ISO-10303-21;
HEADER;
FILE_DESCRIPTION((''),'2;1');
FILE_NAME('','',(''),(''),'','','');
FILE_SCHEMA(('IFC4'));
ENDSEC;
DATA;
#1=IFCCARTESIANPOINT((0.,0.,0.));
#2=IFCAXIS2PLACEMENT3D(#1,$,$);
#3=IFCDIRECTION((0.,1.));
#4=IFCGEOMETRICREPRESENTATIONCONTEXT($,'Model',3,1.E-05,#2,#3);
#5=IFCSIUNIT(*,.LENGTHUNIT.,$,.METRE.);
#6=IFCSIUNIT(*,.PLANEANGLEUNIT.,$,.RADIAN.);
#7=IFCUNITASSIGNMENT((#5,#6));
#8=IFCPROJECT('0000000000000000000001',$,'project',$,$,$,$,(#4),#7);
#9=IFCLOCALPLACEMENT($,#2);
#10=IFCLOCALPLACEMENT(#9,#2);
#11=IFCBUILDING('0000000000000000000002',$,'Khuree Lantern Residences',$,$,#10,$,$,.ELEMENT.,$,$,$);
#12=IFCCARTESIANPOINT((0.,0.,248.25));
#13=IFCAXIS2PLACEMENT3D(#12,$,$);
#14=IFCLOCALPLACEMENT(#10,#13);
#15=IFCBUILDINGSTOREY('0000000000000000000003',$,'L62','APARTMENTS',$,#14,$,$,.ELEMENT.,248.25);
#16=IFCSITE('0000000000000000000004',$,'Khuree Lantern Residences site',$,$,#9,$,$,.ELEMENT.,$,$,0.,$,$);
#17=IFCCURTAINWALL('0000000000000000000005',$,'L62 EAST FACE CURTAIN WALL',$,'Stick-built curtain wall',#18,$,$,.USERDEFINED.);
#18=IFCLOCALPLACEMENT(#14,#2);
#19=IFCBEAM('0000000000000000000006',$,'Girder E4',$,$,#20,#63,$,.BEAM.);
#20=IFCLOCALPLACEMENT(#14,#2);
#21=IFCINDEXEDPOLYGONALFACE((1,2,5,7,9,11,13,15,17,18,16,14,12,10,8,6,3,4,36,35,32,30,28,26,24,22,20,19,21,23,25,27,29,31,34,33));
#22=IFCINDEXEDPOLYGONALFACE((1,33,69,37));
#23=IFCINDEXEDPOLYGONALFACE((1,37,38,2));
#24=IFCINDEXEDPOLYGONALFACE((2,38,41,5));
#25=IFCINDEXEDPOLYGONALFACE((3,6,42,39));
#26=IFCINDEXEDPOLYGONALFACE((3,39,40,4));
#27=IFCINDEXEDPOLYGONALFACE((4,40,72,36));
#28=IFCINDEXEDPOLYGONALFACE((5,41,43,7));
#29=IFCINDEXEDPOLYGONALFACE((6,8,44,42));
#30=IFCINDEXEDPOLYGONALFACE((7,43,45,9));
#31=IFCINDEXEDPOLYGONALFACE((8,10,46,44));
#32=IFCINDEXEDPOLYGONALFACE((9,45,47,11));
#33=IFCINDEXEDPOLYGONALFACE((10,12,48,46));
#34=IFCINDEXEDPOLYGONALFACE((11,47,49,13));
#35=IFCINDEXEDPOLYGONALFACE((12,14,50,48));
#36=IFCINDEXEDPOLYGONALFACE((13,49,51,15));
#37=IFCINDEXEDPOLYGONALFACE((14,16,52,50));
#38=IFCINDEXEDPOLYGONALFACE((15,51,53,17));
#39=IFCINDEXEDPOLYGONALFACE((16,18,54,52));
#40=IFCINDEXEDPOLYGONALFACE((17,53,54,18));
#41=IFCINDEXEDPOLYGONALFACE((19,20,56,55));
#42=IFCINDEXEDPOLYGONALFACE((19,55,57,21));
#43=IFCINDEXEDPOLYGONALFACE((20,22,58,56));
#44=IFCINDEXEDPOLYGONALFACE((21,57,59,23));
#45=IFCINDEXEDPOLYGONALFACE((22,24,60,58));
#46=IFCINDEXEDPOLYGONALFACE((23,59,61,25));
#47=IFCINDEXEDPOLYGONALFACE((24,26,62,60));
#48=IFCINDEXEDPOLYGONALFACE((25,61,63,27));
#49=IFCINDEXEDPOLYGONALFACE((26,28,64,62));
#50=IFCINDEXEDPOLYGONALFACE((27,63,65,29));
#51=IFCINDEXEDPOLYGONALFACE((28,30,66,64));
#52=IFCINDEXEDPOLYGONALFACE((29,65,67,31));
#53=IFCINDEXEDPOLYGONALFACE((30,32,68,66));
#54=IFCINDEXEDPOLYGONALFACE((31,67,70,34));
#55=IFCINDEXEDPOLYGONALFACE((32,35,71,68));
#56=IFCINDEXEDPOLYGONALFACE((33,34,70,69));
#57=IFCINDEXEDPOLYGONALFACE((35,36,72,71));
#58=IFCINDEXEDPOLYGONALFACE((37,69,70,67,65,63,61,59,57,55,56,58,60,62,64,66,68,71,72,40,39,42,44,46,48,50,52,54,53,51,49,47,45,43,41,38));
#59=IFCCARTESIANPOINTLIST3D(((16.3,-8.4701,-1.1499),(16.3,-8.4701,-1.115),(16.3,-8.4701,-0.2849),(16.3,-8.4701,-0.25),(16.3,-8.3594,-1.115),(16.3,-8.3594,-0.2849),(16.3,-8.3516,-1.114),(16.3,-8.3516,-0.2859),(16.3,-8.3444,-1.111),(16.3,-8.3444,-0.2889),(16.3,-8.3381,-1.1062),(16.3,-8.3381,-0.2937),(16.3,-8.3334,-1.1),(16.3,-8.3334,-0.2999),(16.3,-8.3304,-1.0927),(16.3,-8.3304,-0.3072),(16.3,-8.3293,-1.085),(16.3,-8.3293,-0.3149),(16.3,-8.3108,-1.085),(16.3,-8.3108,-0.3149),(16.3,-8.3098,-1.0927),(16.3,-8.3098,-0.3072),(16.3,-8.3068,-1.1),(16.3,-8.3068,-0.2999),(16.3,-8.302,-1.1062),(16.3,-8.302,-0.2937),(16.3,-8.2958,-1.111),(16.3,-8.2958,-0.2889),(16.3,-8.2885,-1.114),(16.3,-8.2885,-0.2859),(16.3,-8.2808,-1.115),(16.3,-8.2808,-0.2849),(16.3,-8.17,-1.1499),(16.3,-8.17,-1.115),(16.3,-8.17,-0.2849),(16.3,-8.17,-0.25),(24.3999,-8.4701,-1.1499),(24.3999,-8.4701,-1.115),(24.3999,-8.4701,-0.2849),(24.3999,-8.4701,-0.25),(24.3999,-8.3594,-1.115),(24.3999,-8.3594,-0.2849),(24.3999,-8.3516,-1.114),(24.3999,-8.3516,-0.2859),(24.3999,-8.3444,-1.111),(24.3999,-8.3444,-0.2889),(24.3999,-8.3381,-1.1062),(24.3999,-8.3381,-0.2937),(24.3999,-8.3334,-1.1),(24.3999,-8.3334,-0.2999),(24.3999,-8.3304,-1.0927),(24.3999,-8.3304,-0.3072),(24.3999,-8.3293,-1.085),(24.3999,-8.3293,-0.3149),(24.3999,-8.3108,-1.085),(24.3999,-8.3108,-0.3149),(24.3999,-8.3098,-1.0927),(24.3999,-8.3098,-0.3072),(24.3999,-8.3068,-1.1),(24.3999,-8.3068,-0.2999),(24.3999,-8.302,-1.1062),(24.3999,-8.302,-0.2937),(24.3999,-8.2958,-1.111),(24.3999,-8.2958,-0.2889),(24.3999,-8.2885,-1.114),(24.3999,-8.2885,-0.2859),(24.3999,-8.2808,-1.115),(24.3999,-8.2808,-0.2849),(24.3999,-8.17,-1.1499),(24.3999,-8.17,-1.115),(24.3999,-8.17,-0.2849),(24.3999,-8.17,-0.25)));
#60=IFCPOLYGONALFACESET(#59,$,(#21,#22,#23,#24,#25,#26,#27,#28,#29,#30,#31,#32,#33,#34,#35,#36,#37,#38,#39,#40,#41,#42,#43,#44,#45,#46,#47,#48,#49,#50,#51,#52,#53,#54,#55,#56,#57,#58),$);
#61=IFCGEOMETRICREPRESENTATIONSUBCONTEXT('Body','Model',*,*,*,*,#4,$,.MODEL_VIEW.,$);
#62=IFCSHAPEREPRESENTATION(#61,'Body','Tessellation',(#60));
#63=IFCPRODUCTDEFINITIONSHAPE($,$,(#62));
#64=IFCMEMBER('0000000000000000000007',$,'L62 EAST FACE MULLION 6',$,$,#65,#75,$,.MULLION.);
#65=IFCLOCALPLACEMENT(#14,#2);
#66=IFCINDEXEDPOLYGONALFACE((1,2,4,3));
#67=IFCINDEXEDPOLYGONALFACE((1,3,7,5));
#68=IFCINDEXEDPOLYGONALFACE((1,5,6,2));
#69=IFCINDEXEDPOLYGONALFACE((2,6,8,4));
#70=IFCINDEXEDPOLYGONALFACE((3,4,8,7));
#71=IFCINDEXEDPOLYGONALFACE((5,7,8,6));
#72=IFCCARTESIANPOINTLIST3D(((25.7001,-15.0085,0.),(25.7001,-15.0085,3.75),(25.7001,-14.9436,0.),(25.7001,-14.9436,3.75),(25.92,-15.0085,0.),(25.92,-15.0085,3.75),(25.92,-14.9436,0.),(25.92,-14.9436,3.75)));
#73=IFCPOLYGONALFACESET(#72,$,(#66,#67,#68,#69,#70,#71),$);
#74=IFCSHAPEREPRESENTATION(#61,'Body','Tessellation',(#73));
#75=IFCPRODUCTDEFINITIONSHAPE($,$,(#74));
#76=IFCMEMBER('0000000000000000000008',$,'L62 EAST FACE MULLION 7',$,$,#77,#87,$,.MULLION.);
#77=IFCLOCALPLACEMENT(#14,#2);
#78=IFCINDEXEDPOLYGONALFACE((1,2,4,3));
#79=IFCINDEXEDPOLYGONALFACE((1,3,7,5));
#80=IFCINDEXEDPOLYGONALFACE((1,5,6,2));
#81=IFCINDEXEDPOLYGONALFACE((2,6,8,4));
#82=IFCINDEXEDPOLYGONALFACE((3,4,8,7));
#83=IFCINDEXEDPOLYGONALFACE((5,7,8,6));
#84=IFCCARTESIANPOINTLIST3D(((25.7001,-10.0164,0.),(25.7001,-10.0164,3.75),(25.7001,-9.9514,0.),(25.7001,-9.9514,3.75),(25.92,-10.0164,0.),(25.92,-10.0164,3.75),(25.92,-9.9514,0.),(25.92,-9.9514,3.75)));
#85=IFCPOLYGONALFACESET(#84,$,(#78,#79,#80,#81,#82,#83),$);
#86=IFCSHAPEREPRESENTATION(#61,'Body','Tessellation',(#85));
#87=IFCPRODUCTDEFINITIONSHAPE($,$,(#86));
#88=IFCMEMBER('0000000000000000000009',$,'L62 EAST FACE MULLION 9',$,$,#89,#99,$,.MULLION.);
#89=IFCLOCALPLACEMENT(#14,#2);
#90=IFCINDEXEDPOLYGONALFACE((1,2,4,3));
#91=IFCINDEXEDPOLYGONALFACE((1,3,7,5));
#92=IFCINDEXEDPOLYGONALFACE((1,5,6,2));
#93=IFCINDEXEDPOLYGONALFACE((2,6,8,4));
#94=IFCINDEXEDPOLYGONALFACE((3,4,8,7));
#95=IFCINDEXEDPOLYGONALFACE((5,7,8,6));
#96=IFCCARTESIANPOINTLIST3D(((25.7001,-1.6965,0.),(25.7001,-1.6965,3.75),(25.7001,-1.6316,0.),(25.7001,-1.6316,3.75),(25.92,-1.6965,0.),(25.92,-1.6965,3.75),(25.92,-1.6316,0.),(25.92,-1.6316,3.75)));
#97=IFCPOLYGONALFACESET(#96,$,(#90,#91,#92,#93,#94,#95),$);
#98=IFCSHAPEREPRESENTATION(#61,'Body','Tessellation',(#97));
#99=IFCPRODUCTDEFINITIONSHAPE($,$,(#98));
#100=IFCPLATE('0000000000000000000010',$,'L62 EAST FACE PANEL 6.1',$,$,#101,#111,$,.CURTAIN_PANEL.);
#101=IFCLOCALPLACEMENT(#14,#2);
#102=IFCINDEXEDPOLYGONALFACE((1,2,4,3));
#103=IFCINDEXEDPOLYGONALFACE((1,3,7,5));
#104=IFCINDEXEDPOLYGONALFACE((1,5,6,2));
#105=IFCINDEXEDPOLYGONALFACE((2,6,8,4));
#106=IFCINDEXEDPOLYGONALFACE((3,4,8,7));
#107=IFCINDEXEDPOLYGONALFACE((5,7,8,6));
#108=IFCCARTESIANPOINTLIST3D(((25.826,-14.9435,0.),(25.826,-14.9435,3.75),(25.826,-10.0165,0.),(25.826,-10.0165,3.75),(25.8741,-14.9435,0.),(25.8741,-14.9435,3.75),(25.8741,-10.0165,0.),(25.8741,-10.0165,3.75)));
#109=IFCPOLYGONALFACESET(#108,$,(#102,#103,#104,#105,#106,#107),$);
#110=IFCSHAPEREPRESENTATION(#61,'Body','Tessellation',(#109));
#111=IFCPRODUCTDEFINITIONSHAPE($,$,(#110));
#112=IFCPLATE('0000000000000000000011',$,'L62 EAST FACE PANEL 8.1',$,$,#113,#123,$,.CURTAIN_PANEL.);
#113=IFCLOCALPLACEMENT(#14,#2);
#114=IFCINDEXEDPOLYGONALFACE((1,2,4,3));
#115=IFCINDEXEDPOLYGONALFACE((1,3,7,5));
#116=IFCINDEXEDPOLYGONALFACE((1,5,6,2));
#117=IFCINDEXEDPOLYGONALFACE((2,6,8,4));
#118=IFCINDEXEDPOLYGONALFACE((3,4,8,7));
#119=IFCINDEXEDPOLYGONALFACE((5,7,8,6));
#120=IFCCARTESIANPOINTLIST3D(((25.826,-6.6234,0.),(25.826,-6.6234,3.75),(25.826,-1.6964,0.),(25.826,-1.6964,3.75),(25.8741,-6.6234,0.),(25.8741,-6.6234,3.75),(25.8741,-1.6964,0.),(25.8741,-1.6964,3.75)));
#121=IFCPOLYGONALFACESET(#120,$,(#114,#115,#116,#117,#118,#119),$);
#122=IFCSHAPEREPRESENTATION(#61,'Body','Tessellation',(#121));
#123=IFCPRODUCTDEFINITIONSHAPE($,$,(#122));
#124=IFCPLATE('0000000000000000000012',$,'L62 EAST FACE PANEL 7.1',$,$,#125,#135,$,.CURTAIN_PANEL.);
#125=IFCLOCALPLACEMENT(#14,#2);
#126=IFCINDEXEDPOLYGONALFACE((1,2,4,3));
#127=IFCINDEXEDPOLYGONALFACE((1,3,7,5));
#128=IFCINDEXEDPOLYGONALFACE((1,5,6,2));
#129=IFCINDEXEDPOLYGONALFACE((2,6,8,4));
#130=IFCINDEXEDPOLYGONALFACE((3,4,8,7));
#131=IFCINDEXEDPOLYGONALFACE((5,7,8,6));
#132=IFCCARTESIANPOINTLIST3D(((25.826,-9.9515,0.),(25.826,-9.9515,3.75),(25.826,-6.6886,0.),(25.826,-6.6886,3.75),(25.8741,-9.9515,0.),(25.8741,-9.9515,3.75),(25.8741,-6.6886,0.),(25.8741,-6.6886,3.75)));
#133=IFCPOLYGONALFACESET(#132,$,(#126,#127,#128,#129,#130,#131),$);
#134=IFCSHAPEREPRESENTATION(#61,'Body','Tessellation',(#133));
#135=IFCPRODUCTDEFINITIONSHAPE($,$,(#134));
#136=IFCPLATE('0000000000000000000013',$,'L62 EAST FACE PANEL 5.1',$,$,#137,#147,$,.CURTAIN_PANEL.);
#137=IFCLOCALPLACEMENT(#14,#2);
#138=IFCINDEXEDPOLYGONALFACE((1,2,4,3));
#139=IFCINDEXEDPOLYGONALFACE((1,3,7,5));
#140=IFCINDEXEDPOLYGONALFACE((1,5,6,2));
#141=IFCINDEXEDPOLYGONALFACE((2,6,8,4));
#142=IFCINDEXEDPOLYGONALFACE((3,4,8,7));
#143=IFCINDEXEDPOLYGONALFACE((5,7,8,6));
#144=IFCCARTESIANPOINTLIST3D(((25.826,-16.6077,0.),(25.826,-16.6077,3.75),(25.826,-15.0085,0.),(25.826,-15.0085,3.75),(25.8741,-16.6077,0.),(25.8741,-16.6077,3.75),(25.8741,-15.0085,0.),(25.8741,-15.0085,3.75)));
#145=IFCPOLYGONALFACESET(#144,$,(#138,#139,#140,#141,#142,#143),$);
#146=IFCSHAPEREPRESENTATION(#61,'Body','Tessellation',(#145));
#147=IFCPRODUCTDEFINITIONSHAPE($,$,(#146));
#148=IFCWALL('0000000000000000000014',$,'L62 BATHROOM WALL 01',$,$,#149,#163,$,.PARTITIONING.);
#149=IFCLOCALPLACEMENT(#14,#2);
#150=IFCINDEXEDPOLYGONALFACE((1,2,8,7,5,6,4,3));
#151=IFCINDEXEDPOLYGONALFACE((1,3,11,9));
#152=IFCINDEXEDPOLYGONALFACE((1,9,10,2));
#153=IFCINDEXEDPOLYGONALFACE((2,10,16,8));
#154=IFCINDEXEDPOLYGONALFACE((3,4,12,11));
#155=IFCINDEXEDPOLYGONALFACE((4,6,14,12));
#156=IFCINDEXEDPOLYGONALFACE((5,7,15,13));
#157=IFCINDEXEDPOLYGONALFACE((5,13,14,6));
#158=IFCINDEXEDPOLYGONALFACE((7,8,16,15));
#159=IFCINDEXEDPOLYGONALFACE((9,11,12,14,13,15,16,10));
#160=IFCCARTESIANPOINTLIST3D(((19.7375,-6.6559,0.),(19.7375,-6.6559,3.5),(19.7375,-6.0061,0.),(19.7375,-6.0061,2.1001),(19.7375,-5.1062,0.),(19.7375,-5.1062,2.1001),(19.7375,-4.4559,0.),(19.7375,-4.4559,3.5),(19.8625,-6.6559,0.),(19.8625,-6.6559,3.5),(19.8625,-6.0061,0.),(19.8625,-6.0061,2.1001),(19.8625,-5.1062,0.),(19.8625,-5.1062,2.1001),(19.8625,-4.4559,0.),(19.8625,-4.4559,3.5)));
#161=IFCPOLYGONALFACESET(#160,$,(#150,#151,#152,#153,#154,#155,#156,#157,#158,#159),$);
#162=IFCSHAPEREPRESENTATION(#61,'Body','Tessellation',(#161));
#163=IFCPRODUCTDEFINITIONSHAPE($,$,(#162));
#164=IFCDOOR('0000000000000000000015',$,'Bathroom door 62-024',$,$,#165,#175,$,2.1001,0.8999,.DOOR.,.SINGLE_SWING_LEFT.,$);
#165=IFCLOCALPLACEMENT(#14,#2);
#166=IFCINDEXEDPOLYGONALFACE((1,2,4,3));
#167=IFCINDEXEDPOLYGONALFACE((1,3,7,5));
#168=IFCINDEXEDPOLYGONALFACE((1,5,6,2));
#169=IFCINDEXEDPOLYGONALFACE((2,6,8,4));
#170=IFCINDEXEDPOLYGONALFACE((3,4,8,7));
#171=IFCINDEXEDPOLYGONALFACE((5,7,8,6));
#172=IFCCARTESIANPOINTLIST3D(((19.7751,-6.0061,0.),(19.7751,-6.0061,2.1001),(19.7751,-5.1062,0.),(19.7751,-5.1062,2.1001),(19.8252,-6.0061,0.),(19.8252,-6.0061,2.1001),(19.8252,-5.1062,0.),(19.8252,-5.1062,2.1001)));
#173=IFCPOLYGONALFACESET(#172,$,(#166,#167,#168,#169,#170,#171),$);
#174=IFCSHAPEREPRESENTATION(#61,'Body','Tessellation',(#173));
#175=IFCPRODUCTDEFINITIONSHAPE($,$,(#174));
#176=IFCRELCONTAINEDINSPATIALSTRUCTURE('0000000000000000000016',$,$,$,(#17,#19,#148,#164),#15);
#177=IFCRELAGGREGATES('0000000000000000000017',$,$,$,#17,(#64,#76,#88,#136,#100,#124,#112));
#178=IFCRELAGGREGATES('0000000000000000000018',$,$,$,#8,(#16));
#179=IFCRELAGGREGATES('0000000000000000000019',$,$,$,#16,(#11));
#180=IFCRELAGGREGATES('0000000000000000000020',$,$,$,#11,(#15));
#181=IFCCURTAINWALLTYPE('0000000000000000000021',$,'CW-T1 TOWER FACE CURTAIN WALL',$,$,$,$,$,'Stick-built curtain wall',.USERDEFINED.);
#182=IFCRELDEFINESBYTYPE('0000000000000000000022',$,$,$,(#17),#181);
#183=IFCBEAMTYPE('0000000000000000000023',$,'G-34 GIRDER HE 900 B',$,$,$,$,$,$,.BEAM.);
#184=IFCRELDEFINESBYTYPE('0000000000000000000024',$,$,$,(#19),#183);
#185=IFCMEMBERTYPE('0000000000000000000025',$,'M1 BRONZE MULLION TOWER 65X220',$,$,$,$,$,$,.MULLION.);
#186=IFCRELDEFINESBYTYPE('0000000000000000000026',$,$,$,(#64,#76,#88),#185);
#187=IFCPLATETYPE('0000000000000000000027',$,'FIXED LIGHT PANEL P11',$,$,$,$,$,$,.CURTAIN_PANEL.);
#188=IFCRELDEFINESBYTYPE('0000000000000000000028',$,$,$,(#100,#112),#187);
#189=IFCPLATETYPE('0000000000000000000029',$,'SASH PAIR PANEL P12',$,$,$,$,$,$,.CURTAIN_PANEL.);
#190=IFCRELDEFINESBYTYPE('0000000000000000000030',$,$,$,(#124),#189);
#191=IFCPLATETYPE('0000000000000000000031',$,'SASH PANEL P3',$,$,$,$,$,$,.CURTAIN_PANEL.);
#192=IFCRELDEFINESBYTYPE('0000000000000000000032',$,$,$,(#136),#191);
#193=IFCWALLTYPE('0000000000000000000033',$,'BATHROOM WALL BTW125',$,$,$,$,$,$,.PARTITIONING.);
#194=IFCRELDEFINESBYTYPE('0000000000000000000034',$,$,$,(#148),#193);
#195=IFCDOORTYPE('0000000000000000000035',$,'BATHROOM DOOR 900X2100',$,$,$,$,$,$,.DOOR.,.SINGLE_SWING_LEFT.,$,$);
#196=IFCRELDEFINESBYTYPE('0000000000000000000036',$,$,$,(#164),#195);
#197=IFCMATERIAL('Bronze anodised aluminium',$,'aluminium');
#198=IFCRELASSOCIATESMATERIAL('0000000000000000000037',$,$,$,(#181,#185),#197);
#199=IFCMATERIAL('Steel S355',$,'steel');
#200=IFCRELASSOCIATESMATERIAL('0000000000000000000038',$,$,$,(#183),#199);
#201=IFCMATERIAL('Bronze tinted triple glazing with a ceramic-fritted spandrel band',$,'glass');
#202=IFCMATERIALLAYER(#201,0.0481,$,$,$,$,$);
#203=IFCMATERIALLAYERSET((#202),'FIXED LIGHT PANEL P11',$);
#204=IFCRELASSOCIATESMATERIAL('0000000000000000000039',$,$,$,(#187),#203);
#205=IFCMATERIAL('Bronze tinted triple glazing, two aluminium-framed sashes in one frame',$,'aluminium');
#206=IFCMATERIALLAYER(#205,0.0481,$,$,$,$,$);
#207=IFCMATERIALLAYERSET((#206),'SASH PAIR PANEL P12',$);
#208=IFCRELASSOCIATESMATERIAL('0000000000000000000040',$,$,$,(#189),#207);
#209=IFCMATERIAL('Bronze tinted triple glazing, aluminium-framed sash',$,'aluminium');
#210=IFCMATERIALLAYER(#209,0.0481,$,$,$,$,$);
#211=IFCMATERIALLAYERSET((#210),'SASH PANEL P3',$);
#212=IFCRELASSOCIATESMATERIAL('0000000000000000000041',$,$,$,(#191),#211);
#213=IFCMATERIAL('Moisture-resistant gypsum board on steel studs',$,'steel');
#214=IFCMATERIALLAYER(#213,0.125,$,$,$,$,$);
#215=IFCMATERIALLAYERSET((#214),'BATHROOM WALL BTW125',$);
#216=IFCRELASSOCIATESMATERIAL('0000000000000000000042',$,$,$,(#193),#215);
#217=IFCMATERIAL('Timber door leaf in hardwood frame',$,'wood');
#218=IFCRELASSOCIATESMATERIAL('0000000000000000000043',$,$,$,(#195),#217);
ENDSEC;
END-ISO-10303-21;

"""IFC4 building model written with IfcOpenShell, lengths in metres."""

from ifc_helpers import new_model, si_unit, direction, frame, frame_2d, origin, origin_2d, place, context, subcontext, project, spatial, rectangle, i_section, extrude, material, layer, layer_set, material_profile, profile_set, type_object, element, fill, aggregate, save


model = new_model("IFC4")

# Units and contexts
model_context = context("Model", 3, precision=1e-05, world=origin(), true_north=direction((0.0, 1.0)))
body_context = subcontext(model_context, "Body", "Model", "MODEL_VIEW")
ifc_project = project(units=[si_unit("LENGTHUNIT", "METRE"), si_unit("PLANEANGLEUNIT", "RADIAN")], contexts=[model_context])

# Site, building, storey
site_placement = place(None, origin())
site = spatial("IfcSite", under=ifc_project, at=site_placement, Name="Khuree Lantern Residences site", CompositionType="ELEMENT", RefElevation=0.0)
building_placement = place(site_placement, origin())
building = spatial("IfcBuilding", under=site, at=building_placement, Name="Khuree Lantern Residences", CompositionType="ELEMENT")
storey_placement = place(building_placement, frame((0.0, 0.0, 248.25)))
storey = spatial("IfcBuildingStorey", under=building, at=storey_placement, Name="L62", Description="APARTMENTS", CompositionType="ELEMENT", Elevation=248.25)

# Shared definitions
ifc_material_1 = material(Name="Steel S355", Category="steel")

# Curtain wall
ifc_material_2 = material(Name="Bronze anodised aluminium", Category="aluminium")
curtain_wall_type = type_object("IfcCurtainWallType", Name="CW-T1 TOWER FACE CURTAIN WALL", ElementType="Stick-built curtain wall", PredefinedType="USERDEFINED", material=ifc_material_2)
curtain_wall_placement = place(storey_placement, origin())
curtain_wall = element("IfcCurtainWall", 1, at=curtain_wall_placement, inside=storey, type_object=curtain_wall_type, Name="L62 EAST FACE CURTAIN WALL", ObjectType="Stick-built curtain wall", PredefinedType="USERDEFINED")

# Beam
ifc_material_profile_1 = material_profile(ifc_material_1, i_section(OverallWidth=0.3, OverallDepth=0.8999, WebThickness=0.0186, FlangeThickness=0.0349, FilletRadius=0.03, at=origin_2d()), Name="HE 900 B")
ifc_profile_set_1 = profile_set([ifc_material_profile_1], Name="Steel S355")
beam_type_1 = type_object("IfcBeamType", Name="G-34 GIRDER HE 900 B", PredefinedType="BEAM", material=ifc_profile_set_1)
beam_1_placement = place(storey_placement, frame((24.3999, -8.3201, -0.7), z_axis=(-1.0, 0.0, 0.0), x_axis=(0.0, -1.0, 0.0)))
element("IfcBeam", 2, at=beam_1_placement, inside=storey, type_object=beam_type_1, Name="Girder E4", PredefinedType="BEAM", context=body_context, shape_type="SweptSolid", body=[
    extrude(i_section(OverallWidth=0.3, OverallDepth=0.8999, WebThickness=0.0186, FlangeThickness=0.0349, FilletRadius=0.03, at=origin_2d()), origin(), (0.0, 0.0, 1.0), 8.0999),
])

# Members
ifc_material_profile_2 = material_profile(ifc_material_2, rectangle(XDim=0.0649, YDim=0.22, at=origin_2d()), Name="M1 65X220")
ifc_profile_set_2 = profile_set([ifc_material_profile_2], Name="Bronze anodised aluminium")
member_type_1 = type_object("IfcMemberType", Name="M1 BRONZE MULLION TOWER 65X220", PredefinedType="MULLION", material=ifc_profile_set_2)
member_1_placement = place(storey_placement, frame((25.8101, -14.9761, 0.0), z_axis=(0.0, 0.0, 1.0), x_axis=(0.0, 1.0, 0.0)))
member_1 = element("IfcMember", 3, at=member_1_placement, type_object=member_type_1, Name="L62 EAST FACE MULLION 6", PredefinedType="MULLION", context=body_context, shape_type="SweptSolid", body=[
    extrude(rectangle(XDim=0.0649, YDim=0.22, at=origin_2d()), origin(), (0.0, 0.0, 1.0), 3.75),
])
member_2_placement = place(storey_placement, frame((25.8101, -9.9839, 0.0), z_axis=(0.0, 0.0, 1.0), x_axis=(0.0, 1.0, 0.0)))
member_2 = element("IfcMember", 4, at=member_2_placement, type_object=member_type_1, Name="L62 EAST FACE MULLION 7", PredefinedType="MULLION", context=body_context, shape_type="SweptSolid", body=[
    extrude(rectangle(XDim=0.0649, YDim=0.22, at=origin_2d()), origin(), (0.0, 0.0, 1.0), 3.75),
])
member_3_placement = place(storey_placement, frame((25.8101, -1.6641, 0.0), z_axis=(0.0, 0.0, 1.0), x_axis=(0.0, 1.0, 0.0)))
member_3 = element("IfcMember", 5, at=member_3_placement, type_object=member_type_1, Name="L62 EAST FACE MULLION 9", PredefinedType="MULLION", context=body_context, shape_type="SweptSolid", body=[
    extrude(rectangle(XDim=0.0649, YDim=0.22, at=origin_2d()), origin(), (0.0, 0.0, 1.0), 3.75),
])

# Plates
ifc_material_3 = material(Name="Bronze tinted triple glazing with a ceramic-fritted spandrel band", Category="glass")
ifc_layer_1 = layer(ifc_material_3, 0.0481)
ifc_layer_set_1 = layer_set([ifc_layer_1], Name="FIXED LIGHT PANEL P11")
plate_type_1 = type_object("IfcPlateType", Name="FIXED LIGHT PANEL P11", PredefinedType="CURTAIN_PANEL", material=ifc_layer_set_1)
plate_1_placement = place(storey_placement, frame((25.8501, -12.48, 0.0), z_axis=(0.0, 0.0, 1.0), x_axis=(0.0, 1.0, 0.0)))
plate_1 = element("IfcPlate", 6, at=plate_1_placement, type_object=plate_type_1, Name="L62 EAST FACE PANEL 6.1", PredefinedType="CURTAIN_PANEL", context=body_context, shape_type="SweptSolid", body=[
    extrude(rectangle(XDim=4.927, YDim=0.0481, at=origin_2d()), origin(), (0.0, 0.0, 1.0), 3.75),
])
plate_2_placement = place(storey_placement, frame((25.8501, -4.1599, 0.0), z_axis=(0.0, 0.0, 1.0), x_axis=(0.0, 1.0, 0.0)))
plate_2 = element("IfcPlate", 7, at=plate_2_placement, type_object=plate_type_1, Name="L62 EAST FACE PANEL 8.1", PredefinedType="CURTAIN_PANEL", context=body_context, shape_type="SweptSolid", body=[
    extrude(rectangle(XDim=4.927, YDim=0.0481, at=origin_2d()), origin(), (0.0, 0.0, 1.0), 3.75),
])
ifc_material_4 = material(Name="Bronze tinted triple glazing, two aluminium-framed sashes in one frame", Category="aluminium")
ifc_layer_2 = layer(ifc_material_4, 0.0481)
ifc_layer_set_2 = layer_set([ifc_layer_2], Name="SASH PAIR PANEL P12")
plate_type_2 = type_object("IfcPlateType", Name="SASH PAIR PANEL P12", PredefinedType="CURTAIN_PANEL", material=ifc_layer_set_2)
plate_3_placement = place(storey_placement, frame((25.8501, -8.3201, 0.0), z_axis=(0.0, 0.0, 1.0), x_axis=(0.0, 1.0, 0.0)))
plate_3 = element("IfcPlate", 8, at=plate_3_placement, type_object=plate_type_2, Name="L62 EAST FACE PANEL 7.1", PredefinedType="CURTAIN_PANEL", context=body_context, shape_type="SweptSolid", body=[
    extrude(rectangle(XDim=3.2629, YDim=0.0481, at=origin_2d()), origin(), (0.0, 0.0, 1.0), 3.75),
])
ifc_material_5 = material(Name="Bronze tinted triple glazing, aluminium-framed sash", Category="aluminium")
ifc_layer_3 = layer(ifc_material_5, 0.0481)
ifc_layer_set_3 = layer_set([ifc_layer_3], Name="SASH PANEL P3")
plate_type_3 = type_object("IfcPlateType", Name="SASH PANEL P3", PredefinedType="CURTAIN_PANEL", material=ifc_layer_set_3)
plate_4_placement = place(storey_placement, frame((25.8501, -15.8081, 0.0), z_axis=(0.0, 0.0, 1.0), x_axis=(0.0, 1.0, 0.0)))
plate_4 = element("IfcPlate", 9, at=plate_4_placement, type_object=plate_type_3, Name="L62 EAST FACE PANEL 5.1", PredefinedType="CURTAIN_PANEL", context=body_context, shape_type="SweptSolid", body=[
    extrude(rectangle(XDim=1.5991, YDim=0.0481, at=origin_2d()), origin(), (0.0, 0.0, 1.0), 3.75),
])
aggregate(curtain_wall, [member_1, member_2, member_3, plate_4, plate_1, plate_3, plate_2])

# Wall, opening, door
ifc_material_6 = material(Name="Moisture-resistant gypsum board on steel studs", Category="steel")
ifc_layer_4 = layer(ifc_material_6, 0.125)
ifc_layer_set_4 = layer_set([ifc_layer_4], Name="BATHROOM WALL BTW125")
wall_type_1 = type_object("IfcWallType", Name="BATHROOM WALL BTW125", PredefinedType="PARTITIONING", material=ifc_layer_set_4)
wall_1_placement = place(storey_placement, frame((19.8, -6.656, 0.0), z_axis=(0.0, 0.0, 1.0), x_axis=(0.0, 1.0, 0.0)))
wall_1 = element("IfcWall", 10, at=wall_1_placement, inside=storey, type_object=wall_type_1, Name="L62 BATHROOM WALL 01", PredefinedType="PARTITIONING", context=body_context, shape_type="SweptSolid", body=[
    extrude(rectangle(XDim=2.2, YDim=0.125, at=frame_2d((1.1001, 0.0))), origin(), (0.0, 0.0, 1.0), 3.5),
])
opening_1_placement = place(wall_1_placement, frame((0.6499, 0.0, 0.0)))
opening_1 = element("IfcOpeningElement", 11, at=opening_1_placement, cuts=wall_1, PredefinedType="OPENING", context=body_context, shape_type="SweptSolid", body=[
    extrude(rectangle(XDim=0.8999, YDim=2.1001, at=frame_2d((0.45, 1.05))), frame((0.0, 0.0725, 0.0), z_axis=(0.0, -1.0, 0.0), x_axis=(1.0, 0.0, 0.0)), (0.0, 0.0, 1.0), 0.145),
])
ifc_material_7 = material(Name="Timber door leaf in hardwood frame", Category="wood")
door_type_1 = type_object("IfcDoorType", Name="BATHROOM DOOR 900X2100", OperationType="SINGLE_SWING_LEFT", PredefinedType="DOOR", material=ifc_material_7)
door_1_placement = place(opening_1_placement, origin())
door_1 = element("IfcDoor", 12, at=door_1_placement, inside=storey, type_object=door_type_1, Name="Bathroom door 62-024", OperationType="SINGLE_SWING_LEFT", OverallHeight=2.1001, OverallWidth=0.8999, PredefinedType="DOOR", context=body_context, shape_type="SweptSolid", body=[
    extrude(rectangle(XDim=0.8999, YDim=2.1001, at=frame_2d((0.45, 1.05))), frame((0.0, 0.0249, 0.0), z_axis=(0.0, -1.0, 0.0), x_axis=(1.0, 0.0, 0.0)), (0.0, 0.0, 1.0), 0.05),
])
fill(opening_1, door_1)

save(model, "model.ifc")
